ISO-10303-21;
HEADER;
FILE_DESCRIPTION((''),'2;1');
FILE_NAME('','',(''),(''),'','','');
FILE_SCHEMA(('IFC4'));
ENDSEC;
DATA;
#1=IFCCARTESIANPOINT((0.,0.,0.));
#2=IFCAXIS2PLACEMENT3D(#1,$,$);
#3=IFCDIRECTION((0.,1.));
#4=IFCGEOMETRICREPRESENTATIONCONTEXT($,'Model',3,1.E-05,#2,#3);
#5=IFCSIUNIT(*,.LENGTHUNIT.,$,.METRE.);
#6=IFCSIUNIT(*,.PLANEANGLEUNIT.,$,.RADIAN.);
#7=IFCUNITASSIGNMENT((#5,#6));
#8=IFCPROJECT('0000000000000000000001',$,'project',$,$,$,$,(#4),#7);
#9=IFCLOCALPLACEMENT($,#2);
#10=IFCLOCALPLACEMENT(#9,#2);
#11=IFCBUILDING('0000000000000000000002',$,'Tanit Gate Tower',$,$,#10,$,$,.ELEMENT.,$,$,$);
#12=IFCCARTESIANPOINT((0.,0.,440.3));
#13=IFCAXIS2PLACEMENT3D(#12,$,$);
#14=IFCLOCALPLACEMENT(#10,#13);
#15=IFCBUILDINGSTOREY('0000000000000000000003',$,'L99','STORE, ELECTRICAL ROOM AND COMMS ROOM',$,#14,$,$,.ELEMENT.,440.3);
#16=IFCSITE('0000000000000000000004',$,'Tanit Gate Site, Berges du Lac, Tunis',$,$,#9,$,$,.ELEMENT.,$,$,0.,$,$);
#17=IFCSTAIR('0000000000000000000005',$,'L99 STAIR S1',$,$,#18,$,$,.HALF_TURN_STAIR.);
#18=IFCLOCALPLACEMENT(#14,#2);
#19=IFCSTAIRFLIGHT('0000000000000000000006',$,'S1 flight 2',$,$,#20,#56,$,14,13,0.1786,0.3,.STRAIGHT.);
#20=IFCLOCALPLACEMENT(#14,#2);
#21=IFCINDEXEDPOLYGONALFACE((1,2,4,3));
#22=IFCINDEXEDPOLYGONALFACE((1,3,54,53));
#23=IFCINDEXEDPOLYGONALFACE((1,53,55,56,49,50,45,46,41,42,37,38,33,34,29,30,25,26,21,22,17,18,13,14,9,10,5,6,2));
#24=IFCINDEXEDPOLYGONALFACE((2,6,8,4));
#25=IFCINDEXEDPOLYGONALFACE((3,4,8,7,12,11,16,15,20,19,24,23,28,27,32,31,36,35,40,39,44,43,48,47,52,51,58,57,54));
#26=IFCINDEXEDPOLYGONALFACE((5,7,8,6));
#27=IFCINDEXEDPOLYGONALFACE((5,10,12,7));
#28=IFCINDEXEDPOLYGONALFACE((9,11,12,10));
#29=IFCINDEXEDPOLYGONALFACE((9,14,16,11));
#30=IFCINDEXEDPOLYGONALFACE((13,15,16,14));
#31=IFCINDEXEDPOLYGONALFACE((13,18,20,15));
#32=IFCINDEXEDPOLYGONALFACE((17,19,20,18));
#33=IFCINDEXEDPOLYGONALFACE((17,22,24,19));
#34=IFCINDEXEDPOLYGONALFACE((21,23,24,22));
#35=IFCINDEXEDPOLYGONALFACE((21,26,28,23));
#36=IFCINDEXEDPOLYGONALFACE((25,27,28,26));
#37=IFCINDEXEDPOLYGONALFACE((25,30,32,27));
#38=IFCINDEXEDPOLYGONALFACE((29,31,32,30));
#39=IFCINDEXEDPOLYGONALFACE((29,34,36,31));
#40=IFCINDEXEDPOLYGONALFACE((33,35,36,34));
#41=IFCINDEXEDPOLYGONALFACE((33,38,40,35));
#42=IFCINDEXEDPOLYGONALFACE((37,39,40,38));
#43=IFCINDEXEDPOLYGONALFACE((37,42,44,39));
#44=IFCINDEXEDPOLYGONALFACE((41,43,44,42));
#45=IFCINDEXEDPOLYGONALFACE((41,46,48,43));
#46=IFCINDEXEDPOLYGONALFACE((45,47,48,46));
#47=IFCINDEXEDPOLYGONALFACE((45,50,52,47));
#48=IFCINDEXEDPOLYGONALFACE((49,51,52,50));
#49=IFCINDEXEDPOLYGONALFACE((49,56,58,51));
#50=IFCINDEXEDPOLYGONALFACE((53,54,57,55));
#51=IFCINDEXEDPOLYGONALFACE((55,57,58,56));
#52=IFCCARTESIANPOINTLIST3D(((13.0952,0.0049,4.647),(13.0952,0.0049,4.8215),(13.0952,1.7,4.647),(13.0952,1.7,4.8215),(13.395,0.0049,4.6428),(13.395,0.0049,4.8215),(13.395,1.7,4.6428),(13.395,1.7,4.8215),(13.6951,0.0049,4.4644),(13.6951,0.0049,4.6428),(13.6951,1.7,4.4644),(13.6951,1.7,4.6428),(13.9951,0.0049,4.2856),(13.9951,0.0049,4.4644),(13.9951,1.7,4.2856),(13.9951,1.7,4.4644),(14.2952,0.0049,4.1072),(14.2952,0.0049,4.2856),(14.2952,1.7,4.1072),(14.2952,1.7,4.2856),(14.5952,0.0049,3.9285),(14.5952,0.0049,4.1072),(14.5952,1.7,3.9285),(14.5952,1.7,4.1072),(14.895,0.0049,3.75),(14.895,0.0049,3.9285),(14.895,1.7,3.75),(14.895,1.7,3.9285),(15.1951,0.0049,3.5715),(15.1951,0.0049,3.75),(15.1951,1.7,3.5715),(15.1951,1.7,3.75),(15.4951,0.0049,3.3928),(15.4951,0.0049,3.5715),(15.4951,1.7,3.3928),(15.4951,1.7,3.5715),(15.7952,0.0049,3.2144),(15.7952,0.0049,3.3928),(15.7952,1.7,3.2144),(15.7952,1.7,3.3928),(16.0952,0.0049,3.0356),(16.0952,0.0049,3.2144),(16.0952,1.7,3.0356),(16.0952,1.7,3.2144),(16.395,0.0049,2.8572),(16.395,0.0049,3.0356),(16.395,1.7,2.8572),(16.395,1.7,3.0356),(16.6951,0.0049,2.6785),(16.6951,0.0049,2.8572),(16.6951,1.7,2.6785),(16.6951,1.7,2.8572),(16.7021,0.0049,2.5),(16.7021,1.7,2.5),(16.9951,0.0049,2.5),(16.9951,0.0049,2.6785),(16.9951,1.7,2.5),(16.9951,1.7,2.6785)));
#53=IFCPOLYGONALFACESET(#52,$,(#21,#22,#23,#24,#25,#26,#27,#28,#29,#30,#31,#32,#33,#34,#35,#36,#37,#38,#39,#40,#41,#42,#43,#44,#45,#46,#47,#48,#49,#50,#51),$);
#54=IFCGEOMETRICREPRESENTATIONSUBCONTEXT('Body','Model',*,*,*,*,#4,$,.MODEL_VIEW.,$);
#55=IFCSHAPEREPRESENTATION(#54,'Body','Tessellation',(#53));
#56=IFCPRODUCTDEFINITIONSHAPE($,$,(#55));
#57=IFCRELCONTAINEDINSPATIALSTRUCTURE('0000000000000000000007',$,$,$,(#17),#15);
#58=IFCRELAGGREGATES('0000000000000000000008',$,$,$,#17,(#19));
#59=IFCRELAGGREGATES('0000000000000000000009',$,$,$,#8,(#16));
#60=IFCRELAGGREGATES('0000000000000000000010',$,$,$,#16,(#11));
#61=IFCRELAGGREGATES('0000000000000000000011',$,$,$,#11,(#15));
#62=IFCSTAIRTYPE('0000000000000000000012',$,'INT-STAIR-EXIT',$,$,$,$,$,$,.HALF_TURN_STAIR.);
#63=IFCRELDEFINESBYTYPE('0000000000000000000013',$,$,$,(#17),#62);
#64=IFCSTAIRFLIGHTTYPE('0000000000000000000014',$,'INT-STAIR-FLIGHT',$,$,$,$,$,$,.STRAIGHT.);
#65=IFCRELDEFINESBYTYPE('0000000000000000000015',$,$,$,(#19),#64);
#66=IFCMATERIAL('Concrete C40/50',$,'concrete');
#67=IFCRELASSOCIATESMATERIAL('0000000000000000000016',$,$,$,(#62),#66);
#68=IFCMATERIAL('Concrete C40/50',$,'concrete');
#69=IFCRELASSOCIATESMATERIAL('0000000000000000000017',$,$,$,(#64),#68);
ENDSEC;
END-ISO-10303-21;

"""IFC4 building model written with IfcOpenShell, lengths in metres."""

from ifc_helpers import new_model, si_unit, direction, frame, origin, place, context, subcontext, project, spatial, polyline, outline, extrude, material, type_object, element, aggregate, save


model = new_model("IFC4")

# Units and contexts
model_context = context("Model", 3, precision=1e-05, world=origin(), true_north=direction((0.0, 1.0)))
body_context = subcontext(model_context, "Body", "Model", "MODEL_VIEW")
ifc_project = project(units=[si_unit("LENGTHUNIT", "METRE"), si_unit("PLANEANGLEUNIT", "RADIAN")], contexts=[model_context])

# Site, building, storey
site_placement = place(None, origin())
site = spatial("IfcSite", under=ifc_project, at=site_placement, Name="Tanit Gate Site, Berges du Lac, Tunis", CompositionType="ELEMENT", RefElevation=0.0)
building_placement = place(site_placement, origin())
building = spatial("IfcBuilding", under=site, at=building_placement, Name="Tanit Gate Tower", CompositionType="ELEMENT")
storey_placement = place(building_placement, frame((0.0, 0.0, 440.3)))
storey = spatial("IfcBuildingStorey", under=building, at=storey_placement, Name="L99", Description="STORE, ELECTRICAL ROOM AND COMMS ROOM", CompositionType="ELEMENT", Elevation=440.3)

# Stair, stair flight
ifc_material_1 = material(Name="Concrete C40/50", Category="concrete")
stair_type = type_object("IfcStairType", Name="INT-STAIR-EXIT", PredefinedType="HALF_TURN_STAIR", material=ifc_material_1)
stair_placement = place(storey_placement, origin())
stair = element("IfcStair", 1, at=stair_placement, inside=storey, type_object=stair_type, Name="L99 STAIR S1", PredefinedType="HALF_TURN_STAIR")
ifc_material_2 = material(Name="Concrete C40/50", Category="concrete")
stair_flight_type = type_object("IfcStairFlightType", Name="INT-STAIR-FLIGHT", PredefinedType="STRAIGHT", material=ifc_material_2)
stair_flight_placement = place(storey_placement, frame((16.9951, 0.8525, 2.5), z_axis=(0.0, 0.0, 1.0), x_axis=(-1.0, 0.0, 0.0)))
stair_flight = element("IfcStairFlight", 2, at=stair_flight_placement, type_object=stair_flight_type, Name="S1 flight 2", NumberOfRisers=14, NumberOfTreads=13, PredefinedType="STRAIGHT", RiserHeight=0.1786, TreadLength=0.3, context=body_context, shape_type="SweptSolid", body=[
    extrude(outline(polyline([(0.0, 0.0), (0.0, 0.1785), (0.3, 0.1785), (0.3, 0.3572), (0.6001, 0.3572), (0.6001, 0.5356), (0.8999, 0.5356), (0.8999, 0.7144), (1.2, 0.7144), (1.2, 0.8928), (1.5, 0.8928), (1.5, 1.0715), (1.8, 1.0715), (1.8, 1.25), (2.1001, 1.25), (2.1001, 1.4285), (2.3999, 1.4285), (2.3999, 1.6072), (2.7, 1.6072), (2.7, 1.7856), (3.0, 1.7856), (3.0, 1.9644), (3.3, 1.9644), (3.3, 2.1428), (3.6001, 2.1428), (3.6001, 2.3215), (3.8999, 2.3215), (3.8999, 2.5), (3.8999, 2.147), (0.293, 0.0), (0.0, 0.0)])), frame((0.0, 0.8477, 0.0), z_axis=(0.0, -1.0, 0.0), x_axis=(1.0, 0.0, 0.0)), (0.0, 0.0, 1.0), 1.6951),
])
aggregate(stair, [stair_flight])

save(model, "model.ifc")
